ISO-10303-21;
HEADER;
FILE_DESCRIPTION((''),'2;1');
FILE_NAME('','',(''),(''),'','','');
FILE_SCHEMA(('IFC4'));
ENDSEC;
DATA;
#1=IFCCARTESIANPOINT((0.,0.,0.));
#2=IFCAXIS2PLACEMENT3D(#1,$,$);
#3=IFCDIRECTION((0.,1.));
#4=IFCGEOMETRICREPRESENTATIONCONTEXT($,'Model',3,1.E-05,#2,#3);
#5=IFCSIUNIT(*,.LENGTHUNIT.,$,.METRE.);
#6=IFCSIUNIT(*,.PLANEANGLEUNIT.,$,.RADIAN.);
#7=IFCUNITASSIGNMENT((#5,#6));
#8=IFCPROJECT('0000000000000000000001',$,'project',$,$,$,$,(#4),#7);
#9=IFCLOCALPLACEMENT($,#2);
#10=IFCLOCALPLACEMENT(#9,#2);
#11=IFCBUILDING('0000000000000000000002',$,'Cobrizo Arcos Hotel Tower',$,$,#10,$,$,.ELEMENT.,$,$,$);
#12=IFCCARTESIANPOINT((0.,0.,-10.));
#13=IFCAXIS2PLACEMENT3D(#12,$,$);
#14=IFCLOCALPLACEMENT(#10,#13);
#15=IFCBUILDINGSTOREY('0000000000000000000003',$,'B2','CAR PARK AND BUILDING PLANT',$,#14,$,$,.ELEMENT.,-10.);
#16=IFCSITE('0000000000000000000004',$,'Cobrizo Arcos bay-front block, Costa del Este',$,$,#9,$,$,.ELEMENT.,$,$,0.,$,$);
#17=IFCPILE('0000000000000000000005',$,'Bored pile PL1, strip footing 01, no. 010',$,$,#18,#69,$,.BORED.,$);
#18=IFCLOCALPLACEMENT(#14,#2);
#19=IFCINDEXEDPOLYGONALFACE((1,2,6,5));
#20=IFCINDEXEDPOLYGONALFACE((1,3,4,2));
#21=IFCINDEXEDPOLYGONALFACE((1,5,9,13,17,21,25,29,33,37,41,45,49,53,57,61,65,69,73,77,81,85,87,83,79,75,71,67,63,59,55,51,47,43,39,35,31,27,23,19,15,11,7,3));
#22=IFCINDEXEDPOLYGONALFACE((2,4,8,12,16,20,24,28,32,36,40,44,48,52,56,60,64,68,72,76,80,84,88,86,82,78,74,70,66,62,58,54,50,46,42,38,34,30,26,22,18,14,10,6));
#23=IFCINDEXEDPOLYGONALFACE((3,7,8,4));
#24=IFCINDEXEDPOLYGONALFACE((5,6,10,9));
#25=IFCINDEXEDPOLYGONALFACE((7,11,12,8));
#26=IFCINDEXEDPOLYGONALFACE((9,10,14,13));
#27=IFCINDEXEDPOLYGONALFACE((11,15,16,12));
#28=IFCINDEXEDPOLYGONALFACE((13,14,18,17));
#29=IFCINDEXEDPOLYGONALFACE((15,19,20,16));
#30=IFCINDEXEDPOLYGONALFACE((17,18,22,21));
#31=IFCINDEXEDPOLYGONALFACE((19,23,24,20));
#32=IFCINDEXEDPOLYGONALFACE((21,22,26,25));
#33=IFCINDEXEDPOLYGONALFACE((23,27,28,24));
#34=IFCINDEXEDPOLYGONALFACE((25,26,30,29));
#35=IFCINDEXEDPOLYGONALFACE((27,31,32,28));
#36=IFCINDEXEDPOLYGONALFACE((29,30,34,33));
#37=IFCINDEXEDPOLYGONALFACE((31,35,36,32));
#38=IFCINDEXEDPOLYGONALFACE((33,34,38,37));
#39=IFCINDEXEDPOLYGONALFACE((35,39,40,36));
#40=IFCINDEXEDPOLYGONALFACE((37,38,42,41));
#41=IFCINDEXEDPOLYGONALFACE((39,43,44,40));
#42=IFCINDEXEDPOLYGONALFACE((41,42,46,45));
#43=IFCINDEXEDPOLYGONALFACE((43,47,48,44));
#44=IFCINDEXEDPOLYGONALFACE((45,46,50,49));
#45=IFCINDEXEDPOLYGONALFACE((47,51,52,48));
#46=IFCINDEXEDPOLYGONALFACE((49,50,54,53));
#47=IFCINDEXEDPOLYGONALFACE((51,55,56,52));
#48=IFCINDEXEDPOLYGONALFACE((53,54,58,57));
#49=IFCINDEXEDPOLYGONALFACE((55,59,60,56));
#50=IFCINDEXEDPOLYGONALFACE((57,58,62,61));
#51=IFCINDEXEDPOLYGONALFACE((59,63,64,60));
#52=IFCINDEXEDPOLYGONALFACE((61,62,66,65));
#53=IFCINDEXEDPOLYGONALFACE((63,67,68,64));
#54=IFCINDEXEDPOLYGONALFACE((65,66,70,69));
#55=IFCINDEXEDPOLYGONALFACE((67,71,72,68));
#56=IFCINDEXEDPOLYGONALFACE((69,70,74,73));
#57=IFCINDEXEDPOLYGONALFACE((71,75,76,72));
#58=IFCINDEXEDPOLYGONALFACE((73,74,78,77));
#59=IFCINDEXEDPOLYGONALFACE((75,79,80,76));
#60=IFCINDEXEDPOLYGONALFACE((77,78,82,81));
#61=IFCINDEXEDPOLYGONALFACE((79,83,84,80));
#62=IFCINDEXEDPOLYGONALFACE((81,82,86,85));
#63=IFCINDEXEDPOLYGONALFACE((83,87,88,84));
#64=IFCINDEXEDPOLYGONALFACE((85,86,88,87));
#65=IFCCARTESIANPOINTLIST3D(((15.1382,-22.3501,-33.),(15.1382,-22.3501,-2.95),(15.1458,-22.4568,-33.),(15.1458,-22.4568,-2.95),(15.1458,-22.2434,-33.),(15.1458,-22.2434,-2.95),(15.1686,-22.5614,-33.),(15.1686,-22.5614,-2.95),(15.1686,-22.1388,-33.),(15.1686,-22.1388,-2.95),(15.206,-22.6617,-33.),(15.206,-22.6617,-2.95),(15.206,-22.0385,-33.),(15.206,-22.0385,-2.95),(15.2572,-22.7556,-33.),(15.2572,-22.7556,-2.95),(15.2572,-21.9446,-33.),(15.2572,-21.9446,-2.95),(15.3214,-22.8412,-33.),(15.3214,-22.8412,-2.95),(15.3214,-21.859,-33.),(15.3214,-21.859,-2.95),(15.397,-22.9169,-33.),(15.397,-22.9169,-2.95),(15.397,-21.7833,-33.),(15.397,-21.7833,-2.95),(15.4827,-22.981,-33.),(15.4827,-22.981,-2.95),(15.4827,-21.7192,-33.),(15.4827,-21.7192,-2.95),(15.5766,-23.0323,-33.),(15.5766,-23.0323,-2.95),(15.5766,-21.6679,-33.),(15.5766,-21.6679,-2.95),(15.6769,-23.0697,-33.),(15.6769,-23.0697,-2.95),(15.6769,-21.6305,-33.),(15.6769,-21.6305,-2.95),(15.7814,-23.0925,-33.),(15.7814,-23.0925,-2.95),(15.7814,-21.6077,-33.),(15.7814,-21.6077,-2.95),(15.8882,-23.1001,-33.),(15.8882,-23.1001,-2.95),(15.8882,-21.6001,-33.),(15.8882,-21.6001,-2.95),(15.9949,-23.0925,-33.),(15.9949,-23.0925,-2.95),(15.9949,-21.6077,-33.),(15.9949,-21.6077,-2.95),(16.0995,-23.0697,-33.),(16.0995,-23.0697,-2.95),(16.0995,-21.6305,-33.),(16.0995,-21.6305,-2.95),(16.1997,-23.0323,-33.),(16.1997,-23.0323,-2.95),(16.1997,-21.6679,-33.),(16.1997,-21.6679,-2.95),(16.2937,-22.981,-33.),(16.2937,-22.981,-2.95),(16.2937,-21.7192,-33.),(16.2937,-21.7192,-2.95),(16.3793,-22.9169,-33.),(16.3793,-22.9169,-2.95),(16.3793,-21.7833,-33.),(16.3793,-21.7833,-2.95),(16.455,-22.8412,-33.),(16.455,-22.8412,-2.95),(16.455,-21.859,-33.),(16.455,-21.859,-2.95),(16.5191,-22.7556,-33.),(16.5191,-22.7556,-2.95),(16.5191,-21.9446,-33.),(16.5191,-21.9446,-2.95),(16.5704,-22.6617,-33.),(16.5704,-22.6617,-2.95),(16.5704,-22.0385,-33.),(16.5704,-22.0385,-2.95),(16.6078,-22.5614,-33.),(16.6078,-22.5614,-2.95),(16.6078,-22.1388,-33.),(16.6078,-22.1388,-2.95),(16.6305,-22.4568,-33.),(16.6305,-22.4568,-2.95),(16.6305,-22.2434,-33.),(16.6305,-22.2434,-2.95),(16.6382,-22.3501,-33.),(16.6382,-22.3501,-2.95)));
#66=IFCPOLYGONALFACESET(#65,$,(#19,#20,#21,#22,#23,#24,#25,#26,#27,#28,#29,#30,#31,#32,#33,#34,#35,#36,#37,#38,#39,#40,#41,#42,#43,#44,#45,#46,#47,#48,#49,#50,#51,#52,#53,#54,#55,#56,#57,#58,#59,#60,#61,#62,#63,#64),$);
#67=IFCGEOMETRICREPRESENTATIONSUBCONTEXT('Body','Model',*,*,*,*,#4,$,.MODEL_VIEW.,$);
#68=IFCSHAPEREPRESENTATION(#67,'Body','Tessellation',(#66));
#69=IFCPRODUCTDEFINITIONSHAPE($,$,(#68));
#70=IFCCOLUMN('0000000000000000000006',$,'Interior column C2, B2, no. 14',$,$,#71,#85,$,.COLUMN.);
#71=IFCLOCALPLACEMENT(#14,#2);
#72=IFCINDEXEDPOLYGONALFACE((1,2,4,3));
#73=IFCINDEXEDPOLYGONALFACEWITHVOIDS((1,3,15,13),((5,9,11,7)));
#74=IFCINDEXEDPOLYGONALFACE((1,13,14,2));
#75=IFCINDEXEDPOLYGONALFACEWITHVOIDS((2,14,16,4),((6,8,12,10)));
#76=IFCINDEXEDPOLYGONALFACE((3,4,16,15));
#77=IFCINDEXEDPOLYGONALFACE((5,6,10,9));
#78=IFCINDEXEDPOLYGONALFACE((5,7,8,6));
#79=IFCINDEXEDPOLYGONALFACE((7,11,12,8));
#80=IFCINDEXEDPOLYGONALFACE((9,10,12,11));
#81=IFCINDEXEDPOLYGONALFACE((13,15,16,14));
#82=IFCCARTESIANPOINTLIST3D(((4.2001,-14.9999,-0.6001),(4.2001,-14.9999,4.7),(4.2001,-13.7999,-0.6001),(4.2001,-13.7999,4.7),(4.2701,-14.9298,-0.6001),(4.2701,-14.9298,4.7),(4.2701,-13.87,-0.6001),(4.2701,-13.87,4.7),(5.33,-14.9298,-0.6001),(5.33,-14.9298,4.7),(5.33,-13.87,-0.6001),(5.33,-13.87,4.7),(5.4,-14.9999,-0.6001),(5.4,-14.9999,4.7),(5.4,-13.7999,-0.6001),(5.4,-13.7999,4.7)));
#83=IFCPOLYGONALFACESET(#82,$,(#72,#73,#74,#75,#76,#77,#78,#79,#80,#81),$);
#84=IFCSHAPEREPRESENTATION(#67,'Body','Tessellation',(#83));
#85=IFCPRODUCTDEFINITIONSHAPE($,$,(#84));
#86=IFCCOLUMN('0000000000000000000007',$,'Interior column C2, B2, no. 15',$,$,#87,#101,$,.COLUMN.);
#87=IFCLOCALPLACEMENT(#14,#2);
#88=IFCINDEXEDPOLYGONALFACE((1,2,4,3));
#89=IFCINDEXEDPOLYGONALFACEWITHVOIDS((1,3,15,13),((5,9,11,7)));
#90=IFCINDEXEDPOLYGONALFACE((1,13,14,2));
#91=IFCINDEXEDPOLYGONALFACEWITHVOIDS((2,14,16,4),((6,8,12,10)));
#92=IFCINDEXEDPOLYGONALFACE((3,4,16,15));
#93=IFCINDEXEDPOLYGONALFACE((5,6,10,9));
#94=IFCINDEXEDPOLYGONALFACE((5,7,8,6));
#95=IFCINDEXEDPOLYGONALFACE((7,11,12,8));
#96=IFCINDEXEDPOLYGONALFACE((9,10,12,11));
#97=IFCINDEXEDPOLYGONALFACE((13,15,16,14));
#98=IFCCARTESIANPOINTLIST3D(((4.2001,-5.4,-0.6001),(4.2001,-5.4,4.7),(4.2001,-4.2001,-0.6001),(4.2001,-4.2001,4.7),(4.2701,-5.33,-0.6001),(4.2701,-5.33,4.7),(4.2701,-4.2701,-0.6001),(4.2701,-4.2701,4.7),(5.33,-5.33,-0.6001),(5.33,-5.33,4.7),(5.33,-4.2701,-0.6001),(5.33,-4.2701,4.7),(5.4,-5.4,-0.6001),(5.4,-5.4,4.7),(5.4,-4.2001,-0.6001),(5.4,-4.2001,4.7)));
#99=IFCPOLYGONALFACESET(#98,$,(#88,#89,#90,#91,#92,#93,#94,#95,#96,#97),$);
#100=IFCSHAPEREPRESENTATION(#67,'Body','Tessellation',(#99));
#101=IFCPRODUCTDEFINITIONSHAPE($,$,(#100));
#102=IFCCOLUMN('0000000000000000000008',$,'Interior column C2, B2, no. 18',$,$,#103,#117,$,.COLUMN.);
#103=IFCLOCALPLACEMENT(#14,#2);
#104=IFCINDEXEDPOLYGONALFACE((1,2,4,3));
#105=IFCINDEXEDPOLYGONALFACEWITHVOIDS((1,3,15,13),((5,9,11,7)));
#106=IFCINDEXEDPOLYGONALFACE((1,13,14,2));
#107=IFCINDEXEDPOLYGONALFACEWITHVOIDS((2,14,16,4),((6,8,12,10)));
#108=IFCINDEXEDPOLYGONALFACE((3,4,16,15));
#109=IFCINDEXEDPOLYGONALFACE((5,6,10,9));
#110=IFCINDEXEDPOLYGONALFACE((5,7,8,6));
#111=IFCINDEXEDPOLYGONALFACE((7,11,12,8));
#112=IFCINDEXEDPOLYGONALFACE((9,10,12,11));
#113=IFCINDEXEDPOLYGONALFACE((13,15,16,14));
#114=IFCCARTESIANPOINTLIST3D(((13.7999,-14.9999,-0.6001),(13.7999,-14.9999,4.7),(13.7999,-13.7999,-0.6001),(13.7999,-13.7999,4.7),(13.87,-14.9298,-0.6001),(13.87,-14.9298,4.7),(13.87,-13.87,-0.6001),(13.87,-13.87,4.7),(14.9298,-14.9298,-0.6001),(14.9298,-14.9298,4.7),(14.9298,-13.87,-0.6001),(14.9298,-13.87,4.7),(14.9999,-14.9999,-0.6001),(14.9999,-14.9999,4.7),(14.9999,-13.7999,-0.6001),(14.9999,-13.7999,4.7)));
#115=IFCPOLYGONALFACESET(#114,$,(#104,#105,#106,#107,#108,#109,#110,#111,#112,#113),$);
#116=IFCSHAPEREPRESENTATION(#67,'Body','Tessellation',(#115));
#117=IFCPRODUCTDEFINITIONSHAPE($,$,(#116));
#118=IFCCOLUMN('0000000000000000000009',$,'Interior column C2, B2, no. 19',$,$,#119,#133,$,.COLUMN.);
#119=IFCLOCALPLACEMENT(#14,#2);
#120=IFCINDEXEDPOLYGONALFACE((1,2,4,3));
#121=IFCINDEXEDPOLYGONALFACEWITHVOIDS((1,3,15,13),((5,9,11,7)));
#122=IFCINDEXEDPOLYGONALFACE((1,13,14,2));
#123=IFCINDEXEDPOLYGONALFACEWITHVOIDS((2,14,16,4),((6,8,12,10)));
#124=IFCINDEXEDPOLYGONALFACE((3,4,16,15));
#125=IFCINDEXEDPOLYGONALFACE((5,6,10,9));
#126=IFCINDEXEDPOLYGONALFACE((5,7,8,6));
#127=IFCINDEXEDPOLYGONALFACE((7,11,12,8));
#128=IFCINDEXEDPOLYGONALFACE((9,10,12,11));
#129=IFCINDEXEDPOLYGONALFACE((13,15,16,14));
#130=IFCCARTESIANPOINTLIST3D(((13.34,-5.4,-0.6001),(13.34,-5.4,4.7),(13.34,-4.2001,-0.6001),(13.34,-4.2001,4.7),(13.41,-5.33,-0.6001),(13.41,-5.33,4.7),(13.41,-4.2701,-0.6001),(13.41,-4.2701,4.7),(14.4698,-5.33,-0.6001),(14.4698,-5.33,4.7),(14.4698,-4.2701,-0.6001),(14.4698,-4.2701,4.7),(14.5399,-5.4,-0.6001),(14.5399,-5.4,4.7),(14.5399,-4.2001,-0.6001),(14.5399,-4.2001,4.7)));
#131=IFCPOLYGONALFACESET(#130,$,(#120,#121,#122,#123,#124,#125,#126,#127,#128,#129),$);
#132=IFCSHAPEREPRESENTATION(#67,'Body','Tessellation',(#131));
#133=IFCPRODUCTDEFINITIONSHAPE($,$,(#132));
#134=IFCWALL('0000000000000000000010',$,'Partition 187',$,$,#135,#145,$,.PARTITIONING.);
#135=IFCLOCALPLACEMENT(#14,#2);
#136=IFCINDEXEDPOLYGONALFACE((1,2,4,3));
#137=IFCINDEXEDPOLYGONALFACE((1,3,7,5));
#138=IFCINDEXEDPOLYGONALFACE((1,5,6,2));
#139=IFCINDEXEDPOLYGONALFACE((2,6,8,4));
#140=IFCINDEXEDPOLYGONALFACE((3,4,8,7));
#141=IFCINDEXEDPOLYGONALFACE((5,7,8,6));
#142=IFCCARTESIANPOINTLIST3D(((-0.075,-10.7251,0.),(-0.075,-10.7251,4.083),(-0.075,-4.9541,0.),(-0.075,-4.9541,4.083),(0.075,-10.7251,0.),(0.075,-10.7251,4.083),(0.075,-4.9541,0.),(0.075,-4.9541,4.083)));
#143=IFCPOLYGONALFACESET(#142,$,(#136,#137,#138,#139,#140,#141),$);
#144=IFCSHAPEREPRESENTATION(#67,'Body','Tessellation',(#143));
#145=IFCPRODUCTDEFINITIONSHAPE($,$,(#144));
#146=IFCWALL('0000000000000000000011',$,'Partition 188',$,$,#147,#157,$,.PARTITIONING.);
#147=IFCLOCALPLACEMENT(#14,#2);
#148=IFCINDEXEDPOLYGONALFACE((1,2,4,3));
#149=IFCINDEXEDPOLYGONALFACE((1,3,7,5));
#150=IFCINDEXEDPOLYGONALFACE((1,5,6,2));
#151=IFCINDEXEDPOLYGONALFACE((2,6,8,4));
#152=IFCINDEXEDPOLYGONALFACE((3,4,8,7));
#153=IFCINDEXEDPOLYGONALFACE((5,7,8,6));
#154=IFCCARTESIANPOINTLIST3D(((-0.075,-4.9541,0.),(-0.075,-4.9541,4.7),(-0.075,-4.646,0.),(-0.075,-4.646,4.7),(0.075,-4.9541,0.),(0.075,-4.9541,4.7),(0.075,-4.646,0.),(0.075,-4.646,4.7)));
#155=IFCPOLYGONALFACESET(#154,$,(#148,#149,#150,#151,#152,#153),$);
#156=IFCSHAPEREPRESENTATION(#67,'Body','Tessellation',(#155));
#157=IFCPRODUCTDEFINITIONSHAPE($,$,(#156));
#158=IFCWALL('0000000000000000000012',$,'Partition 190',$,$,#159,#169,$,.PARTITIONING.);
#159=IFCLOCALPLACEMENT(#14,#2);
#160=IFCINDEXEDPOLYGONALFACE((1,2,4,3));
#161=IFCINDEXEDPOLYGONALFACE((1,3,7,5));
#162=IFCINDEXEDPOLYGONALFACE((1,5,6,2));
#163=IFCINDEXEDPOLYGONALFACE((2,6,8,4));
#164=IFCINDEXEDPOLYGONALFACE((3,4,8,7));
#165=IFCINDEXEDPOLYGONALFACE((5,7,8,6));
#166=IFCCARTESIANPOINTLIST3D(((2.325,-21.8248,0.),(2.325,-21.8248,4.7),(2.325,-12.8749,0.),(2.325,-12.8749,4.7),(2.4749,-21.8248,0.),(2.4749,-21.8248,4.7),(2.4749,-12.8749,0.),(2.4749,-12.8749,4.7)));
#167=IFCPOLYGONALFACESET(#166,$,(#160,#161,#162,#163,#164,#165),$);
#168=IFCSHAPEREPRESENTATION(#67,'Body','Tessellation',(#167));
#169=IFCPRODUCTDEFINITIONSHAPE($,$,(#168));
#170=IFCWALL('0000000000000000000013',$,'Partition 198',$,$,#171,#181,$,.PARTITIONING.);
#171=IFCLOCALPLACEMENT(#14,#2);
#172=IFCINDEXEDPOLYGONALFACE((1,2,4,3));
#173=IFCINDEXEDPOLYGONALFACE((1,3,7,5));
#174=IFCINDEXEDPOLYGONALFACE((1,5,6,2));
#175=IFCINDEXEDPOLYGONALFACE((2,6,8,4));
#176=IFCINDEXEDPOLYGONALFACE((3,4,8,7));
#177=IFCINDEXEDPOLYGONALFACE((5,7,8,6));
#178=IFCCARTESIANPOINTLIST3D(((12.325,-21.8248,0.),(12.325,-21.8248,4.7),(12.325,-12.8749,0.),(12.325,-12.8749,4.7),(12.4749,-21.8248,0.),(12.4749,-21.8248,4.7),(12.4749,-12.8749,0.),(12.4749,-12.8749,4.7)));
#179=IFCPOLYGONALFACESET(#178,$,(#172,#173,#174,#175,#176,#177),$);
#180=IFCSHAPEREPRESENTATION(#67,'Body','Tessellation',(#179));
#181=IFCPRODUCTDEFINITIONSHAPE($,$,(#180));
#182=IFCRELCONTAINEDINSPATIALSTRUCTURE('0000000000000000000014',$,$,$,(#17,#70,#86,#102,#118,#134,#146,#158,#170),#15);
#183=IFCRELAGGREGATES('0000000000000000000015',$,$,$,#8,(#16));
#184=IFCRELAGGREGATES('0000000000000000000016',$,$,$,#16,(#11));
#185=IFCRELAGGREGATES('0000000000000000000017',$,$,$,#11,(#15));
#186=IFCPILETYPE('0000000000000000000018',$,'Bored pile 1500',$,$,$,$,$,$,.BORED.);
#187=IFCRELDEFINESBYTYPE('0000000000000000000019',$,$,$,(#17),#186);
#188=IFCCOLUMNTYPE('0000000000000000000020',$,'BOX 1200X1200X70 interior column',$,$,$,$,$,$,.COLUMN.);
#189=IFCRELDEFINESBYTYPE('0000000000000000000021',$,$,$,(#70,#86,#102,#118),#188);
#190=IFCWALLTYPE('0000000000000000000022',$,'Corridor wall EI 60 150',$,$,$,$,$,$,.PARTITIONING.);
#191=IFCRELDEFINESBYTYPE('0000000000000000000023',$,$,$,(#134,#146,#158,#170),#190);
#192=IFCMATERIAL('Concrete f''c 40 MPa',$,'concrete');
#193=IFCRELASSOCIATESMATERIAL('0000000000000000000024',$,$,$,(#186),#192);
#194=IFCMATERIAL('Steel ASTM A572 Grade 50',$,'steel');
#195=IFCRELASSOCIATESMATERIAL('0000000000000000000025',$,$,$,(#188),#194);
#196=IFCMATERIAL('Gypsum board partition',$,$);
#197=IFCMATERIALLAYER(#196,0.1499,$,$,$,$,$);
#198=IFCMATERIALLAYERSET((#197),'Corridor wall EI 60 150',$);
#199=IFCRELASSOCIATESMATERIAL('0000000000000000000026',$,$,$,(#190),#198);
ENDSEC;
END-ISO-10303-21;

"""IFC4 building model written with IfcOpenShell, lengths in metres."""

from ifc_helpers import new_model, si_unit, direction, frame, frame_2d, origin, origin_2d, place, context, subcontext, project, spatial, rectangle, hollow_rectangle, circle, extrude, material, layer, layer_set, material_profile, profile_set, type_object, element, save


model = new_model("IFC4")

# Units and contexts
model_context = context("Model", 3, precision=1e-05, world=origin(), true_north=direction((0.0, 1.0)))
body_context = subcontext(model_context, "Body", "Model", "MODEL_VIEW")
ifc_project = project(units=[si_unit("LENGTHUNIT", "METRE"), si_unit("PLANEANGLEUNIT", "RADIAN")], contexts=[model_context])

# Site, building, storey
site_placement = place(None, origin())
site = spatial("IfcSite", under=ifc_project, at=site_placement, Name="Cobrizo Arcos bay-front block, Costa del Este", CompositionType="ELEMENT", RefElevation=0.0)
building_placement = place(site_placement, origin())
building = spatial("IfcBuilding", under=site, at=building_placement, Name="Cobrizo Arcos Hotel Tower", CompositionType="ELEMENT")
storey_placement = place(building_placement, frame((0.0, 0.0, -10.0)))
storey = spatial("IfcBuildingStorey", under=building, at=storey_placement, Name="B2", Description="CAR PARK AND BUILDING PLANT", CompositionType="ELEMENT", Elevation=-10.0)

# Pile
ifc_material_1 = material(Name="Concrete f'c 40 MPa", Category="concrete")
ifc_material_profile_1 = material_profile(ifc_material_1, circle(Radius=0.75, at=origin_2d()), Name="BORED PILE 1500")
ifc_profile_set_1 = profile_set([ifc_material_profile_1], Name="Concrete f'c 40 MPa")
pile_type = type_object("IfcPileType", Name="Bored pile 1500", PredefinedType="BORED", material=ifc_profile_set_1)
for number, where, z_axis, x_axis, name in (
    (1, (15.8882, -22.3501, -2.95), (0.0, 0.0, -1.0), (1.0, 0.0, 0.0), "Bored pile PL1, strip footing 01, no. 010"),
):
    element("IfcPile", number, at=place(storey_placement, frame(where, z_axis=z_axis, x_axis=x_axis)), inside=storey, type_object=pile_type, Name=name, PredefinedType="BORED", context=body_context, shape_type="SweptSolid", body=[
        extrude(circle(Radius=0.75, at=origin_2d()), origin(), (0.0, 0.0, 1.0), 30.05),
    ])

# Columns
ifc_material_2 = material(Name="Steel ASTM A572 Grade 50", Category="steel")
ifc_material_profile_2 = material_profile(ifc_material_2, hollow_rectangle(XDim=1.2, YDim=1.2, WallThickness=0.0701, at=origin_2d()), Name="BOX 1200X1200X70")
ifc_profile_set_2 = profile_set([ifc_material_profile_2], Name="Steel ASTM A572 Grade 50")
column_type = type_object("IfcColumnType", Name="BOX 1200X1200X70 interior column", PredefinedType="COLUMN", material=ifc_profile_set_2)
for number, where, z_axis, x_axis, name in (
    (2, (4.8, -14.3999, -0.6001), (0.0, 0.0, 1.0), (1.0, 0.0, 0.0), "Interior column C2, B2, no. 14"),
    (3, (4.8, -4.8, -0.6001), (0.0, 0.0, 1.0), (1.0, 0.0, 0.0), "Interior column C2, B2, no. 15"),
    (4, (14.3999, -14.3999, -0.6001), (0.0, 0.0, 1.0), (1.0, 0.0, 0.0), "Interior column C2, B2, no. 18"),
    (5, (13.9399, -4.8, -0.6001), (0.0, 0.0, 1.0), (1.0, 0.0, 0.0), "Interior column C2, B2, no. 19"),
):
    element("IfcColumn", number, at=place(storey_placement, frame(where, z_axis=z_axis, x_axis=x_axis)), inside=storey, type_object=column_type, Name=name, PredefinedType="COLUMN", context=body_context, shape_type="SweptSolid", body=[
        extrude(hollow_rectangle(XDim=1.2, YDim=1.2, WallThickness=0.0701, at=origin_2d()), origin(), (0.0, 0.0, 1.0), 5.3),
    ])

# Walls
ifc_material_3 = material(Name="Gypsum board partition")
ifc_layer_1 = layer(ifc_material_3, 0.1499)
ifc_layer_set_1 = layer_set([ifc_layer_1], Name="Corridor wall EI 60 150")
wall_type_1 = type_object("IfcWallType", Name="Corridor wall EI 60 150", PredefinedType="PARTITIONING", material=ifc_layer_set_1)
wall_1_placement = place(storey_placement, frame((0.0, -10.7251, 0.0), z_axis=(0.0, 0.0, 1.0), x_axis=(0.0, 1.0, 0.0)))
element("IfcWall", 6, at=wall_1_placement, inside=storey, type_object=wall_type_1, Name="Partition 187", PredefinedType="PARTITIONING", context=body_context, shape_type="SweptSolid", body=[
    extrude(rectangle(XDim=5.771, YDim=0.1499, at=frame_2d((2.8855, 0.0))), origin(), (0.0, 0.0, 1.0), 4.083),
])
wall_2_placement = place(storey_placement, frame((0.0, -4.9541, 0.0), z_axis=(0.0, 0.0, 1.0), x_axis=(0.0, 1.0, 0.0)))
element("IfcWall", 7, at=wall_2_placement, inside=storey, type_object=wall_type_1, Name="Partition 188", PredefinedType="PARTITIONING", context=body_context, shape_type="SweptSolid", body=[
    extrude(rectangle(XDim=0.3081, YDim=0.1499, at=frame_2d((0.1541, 0.0))), origin(), (0.0, 0.0, 1.0), 4.7),
])
for number, where, z_axis, x_axis, name in (
    (8, (2.3999, -21.825, 0.0), (0.0, 0.0, 1.0), (0.0, 1.0, 0.0), "Partition 190"),
    (9, (12.3999, -21.825, 0.0), (0.0, 0.0, 1.0), (0.0, 1.0, 0.0), "Partition 198"),
):
    element("IfcWall", number, at=place(storey_placement, frame(where, z_axis=z_axis, x_axis=x_axis)), inside=storey, type_object=wall_type_1, Name=name, PredefinedType="PARTITIONING", context=body_context, shape_type="SweptSolid", body=[
        extrude(rectangle(XDim=8.95, YDim=0.1499, at=frame_2d((4.4751, 0.0))), origin(), (0.0, 0.0, 1.0), 4.7),
    ])

save(model, "model.ifc")
